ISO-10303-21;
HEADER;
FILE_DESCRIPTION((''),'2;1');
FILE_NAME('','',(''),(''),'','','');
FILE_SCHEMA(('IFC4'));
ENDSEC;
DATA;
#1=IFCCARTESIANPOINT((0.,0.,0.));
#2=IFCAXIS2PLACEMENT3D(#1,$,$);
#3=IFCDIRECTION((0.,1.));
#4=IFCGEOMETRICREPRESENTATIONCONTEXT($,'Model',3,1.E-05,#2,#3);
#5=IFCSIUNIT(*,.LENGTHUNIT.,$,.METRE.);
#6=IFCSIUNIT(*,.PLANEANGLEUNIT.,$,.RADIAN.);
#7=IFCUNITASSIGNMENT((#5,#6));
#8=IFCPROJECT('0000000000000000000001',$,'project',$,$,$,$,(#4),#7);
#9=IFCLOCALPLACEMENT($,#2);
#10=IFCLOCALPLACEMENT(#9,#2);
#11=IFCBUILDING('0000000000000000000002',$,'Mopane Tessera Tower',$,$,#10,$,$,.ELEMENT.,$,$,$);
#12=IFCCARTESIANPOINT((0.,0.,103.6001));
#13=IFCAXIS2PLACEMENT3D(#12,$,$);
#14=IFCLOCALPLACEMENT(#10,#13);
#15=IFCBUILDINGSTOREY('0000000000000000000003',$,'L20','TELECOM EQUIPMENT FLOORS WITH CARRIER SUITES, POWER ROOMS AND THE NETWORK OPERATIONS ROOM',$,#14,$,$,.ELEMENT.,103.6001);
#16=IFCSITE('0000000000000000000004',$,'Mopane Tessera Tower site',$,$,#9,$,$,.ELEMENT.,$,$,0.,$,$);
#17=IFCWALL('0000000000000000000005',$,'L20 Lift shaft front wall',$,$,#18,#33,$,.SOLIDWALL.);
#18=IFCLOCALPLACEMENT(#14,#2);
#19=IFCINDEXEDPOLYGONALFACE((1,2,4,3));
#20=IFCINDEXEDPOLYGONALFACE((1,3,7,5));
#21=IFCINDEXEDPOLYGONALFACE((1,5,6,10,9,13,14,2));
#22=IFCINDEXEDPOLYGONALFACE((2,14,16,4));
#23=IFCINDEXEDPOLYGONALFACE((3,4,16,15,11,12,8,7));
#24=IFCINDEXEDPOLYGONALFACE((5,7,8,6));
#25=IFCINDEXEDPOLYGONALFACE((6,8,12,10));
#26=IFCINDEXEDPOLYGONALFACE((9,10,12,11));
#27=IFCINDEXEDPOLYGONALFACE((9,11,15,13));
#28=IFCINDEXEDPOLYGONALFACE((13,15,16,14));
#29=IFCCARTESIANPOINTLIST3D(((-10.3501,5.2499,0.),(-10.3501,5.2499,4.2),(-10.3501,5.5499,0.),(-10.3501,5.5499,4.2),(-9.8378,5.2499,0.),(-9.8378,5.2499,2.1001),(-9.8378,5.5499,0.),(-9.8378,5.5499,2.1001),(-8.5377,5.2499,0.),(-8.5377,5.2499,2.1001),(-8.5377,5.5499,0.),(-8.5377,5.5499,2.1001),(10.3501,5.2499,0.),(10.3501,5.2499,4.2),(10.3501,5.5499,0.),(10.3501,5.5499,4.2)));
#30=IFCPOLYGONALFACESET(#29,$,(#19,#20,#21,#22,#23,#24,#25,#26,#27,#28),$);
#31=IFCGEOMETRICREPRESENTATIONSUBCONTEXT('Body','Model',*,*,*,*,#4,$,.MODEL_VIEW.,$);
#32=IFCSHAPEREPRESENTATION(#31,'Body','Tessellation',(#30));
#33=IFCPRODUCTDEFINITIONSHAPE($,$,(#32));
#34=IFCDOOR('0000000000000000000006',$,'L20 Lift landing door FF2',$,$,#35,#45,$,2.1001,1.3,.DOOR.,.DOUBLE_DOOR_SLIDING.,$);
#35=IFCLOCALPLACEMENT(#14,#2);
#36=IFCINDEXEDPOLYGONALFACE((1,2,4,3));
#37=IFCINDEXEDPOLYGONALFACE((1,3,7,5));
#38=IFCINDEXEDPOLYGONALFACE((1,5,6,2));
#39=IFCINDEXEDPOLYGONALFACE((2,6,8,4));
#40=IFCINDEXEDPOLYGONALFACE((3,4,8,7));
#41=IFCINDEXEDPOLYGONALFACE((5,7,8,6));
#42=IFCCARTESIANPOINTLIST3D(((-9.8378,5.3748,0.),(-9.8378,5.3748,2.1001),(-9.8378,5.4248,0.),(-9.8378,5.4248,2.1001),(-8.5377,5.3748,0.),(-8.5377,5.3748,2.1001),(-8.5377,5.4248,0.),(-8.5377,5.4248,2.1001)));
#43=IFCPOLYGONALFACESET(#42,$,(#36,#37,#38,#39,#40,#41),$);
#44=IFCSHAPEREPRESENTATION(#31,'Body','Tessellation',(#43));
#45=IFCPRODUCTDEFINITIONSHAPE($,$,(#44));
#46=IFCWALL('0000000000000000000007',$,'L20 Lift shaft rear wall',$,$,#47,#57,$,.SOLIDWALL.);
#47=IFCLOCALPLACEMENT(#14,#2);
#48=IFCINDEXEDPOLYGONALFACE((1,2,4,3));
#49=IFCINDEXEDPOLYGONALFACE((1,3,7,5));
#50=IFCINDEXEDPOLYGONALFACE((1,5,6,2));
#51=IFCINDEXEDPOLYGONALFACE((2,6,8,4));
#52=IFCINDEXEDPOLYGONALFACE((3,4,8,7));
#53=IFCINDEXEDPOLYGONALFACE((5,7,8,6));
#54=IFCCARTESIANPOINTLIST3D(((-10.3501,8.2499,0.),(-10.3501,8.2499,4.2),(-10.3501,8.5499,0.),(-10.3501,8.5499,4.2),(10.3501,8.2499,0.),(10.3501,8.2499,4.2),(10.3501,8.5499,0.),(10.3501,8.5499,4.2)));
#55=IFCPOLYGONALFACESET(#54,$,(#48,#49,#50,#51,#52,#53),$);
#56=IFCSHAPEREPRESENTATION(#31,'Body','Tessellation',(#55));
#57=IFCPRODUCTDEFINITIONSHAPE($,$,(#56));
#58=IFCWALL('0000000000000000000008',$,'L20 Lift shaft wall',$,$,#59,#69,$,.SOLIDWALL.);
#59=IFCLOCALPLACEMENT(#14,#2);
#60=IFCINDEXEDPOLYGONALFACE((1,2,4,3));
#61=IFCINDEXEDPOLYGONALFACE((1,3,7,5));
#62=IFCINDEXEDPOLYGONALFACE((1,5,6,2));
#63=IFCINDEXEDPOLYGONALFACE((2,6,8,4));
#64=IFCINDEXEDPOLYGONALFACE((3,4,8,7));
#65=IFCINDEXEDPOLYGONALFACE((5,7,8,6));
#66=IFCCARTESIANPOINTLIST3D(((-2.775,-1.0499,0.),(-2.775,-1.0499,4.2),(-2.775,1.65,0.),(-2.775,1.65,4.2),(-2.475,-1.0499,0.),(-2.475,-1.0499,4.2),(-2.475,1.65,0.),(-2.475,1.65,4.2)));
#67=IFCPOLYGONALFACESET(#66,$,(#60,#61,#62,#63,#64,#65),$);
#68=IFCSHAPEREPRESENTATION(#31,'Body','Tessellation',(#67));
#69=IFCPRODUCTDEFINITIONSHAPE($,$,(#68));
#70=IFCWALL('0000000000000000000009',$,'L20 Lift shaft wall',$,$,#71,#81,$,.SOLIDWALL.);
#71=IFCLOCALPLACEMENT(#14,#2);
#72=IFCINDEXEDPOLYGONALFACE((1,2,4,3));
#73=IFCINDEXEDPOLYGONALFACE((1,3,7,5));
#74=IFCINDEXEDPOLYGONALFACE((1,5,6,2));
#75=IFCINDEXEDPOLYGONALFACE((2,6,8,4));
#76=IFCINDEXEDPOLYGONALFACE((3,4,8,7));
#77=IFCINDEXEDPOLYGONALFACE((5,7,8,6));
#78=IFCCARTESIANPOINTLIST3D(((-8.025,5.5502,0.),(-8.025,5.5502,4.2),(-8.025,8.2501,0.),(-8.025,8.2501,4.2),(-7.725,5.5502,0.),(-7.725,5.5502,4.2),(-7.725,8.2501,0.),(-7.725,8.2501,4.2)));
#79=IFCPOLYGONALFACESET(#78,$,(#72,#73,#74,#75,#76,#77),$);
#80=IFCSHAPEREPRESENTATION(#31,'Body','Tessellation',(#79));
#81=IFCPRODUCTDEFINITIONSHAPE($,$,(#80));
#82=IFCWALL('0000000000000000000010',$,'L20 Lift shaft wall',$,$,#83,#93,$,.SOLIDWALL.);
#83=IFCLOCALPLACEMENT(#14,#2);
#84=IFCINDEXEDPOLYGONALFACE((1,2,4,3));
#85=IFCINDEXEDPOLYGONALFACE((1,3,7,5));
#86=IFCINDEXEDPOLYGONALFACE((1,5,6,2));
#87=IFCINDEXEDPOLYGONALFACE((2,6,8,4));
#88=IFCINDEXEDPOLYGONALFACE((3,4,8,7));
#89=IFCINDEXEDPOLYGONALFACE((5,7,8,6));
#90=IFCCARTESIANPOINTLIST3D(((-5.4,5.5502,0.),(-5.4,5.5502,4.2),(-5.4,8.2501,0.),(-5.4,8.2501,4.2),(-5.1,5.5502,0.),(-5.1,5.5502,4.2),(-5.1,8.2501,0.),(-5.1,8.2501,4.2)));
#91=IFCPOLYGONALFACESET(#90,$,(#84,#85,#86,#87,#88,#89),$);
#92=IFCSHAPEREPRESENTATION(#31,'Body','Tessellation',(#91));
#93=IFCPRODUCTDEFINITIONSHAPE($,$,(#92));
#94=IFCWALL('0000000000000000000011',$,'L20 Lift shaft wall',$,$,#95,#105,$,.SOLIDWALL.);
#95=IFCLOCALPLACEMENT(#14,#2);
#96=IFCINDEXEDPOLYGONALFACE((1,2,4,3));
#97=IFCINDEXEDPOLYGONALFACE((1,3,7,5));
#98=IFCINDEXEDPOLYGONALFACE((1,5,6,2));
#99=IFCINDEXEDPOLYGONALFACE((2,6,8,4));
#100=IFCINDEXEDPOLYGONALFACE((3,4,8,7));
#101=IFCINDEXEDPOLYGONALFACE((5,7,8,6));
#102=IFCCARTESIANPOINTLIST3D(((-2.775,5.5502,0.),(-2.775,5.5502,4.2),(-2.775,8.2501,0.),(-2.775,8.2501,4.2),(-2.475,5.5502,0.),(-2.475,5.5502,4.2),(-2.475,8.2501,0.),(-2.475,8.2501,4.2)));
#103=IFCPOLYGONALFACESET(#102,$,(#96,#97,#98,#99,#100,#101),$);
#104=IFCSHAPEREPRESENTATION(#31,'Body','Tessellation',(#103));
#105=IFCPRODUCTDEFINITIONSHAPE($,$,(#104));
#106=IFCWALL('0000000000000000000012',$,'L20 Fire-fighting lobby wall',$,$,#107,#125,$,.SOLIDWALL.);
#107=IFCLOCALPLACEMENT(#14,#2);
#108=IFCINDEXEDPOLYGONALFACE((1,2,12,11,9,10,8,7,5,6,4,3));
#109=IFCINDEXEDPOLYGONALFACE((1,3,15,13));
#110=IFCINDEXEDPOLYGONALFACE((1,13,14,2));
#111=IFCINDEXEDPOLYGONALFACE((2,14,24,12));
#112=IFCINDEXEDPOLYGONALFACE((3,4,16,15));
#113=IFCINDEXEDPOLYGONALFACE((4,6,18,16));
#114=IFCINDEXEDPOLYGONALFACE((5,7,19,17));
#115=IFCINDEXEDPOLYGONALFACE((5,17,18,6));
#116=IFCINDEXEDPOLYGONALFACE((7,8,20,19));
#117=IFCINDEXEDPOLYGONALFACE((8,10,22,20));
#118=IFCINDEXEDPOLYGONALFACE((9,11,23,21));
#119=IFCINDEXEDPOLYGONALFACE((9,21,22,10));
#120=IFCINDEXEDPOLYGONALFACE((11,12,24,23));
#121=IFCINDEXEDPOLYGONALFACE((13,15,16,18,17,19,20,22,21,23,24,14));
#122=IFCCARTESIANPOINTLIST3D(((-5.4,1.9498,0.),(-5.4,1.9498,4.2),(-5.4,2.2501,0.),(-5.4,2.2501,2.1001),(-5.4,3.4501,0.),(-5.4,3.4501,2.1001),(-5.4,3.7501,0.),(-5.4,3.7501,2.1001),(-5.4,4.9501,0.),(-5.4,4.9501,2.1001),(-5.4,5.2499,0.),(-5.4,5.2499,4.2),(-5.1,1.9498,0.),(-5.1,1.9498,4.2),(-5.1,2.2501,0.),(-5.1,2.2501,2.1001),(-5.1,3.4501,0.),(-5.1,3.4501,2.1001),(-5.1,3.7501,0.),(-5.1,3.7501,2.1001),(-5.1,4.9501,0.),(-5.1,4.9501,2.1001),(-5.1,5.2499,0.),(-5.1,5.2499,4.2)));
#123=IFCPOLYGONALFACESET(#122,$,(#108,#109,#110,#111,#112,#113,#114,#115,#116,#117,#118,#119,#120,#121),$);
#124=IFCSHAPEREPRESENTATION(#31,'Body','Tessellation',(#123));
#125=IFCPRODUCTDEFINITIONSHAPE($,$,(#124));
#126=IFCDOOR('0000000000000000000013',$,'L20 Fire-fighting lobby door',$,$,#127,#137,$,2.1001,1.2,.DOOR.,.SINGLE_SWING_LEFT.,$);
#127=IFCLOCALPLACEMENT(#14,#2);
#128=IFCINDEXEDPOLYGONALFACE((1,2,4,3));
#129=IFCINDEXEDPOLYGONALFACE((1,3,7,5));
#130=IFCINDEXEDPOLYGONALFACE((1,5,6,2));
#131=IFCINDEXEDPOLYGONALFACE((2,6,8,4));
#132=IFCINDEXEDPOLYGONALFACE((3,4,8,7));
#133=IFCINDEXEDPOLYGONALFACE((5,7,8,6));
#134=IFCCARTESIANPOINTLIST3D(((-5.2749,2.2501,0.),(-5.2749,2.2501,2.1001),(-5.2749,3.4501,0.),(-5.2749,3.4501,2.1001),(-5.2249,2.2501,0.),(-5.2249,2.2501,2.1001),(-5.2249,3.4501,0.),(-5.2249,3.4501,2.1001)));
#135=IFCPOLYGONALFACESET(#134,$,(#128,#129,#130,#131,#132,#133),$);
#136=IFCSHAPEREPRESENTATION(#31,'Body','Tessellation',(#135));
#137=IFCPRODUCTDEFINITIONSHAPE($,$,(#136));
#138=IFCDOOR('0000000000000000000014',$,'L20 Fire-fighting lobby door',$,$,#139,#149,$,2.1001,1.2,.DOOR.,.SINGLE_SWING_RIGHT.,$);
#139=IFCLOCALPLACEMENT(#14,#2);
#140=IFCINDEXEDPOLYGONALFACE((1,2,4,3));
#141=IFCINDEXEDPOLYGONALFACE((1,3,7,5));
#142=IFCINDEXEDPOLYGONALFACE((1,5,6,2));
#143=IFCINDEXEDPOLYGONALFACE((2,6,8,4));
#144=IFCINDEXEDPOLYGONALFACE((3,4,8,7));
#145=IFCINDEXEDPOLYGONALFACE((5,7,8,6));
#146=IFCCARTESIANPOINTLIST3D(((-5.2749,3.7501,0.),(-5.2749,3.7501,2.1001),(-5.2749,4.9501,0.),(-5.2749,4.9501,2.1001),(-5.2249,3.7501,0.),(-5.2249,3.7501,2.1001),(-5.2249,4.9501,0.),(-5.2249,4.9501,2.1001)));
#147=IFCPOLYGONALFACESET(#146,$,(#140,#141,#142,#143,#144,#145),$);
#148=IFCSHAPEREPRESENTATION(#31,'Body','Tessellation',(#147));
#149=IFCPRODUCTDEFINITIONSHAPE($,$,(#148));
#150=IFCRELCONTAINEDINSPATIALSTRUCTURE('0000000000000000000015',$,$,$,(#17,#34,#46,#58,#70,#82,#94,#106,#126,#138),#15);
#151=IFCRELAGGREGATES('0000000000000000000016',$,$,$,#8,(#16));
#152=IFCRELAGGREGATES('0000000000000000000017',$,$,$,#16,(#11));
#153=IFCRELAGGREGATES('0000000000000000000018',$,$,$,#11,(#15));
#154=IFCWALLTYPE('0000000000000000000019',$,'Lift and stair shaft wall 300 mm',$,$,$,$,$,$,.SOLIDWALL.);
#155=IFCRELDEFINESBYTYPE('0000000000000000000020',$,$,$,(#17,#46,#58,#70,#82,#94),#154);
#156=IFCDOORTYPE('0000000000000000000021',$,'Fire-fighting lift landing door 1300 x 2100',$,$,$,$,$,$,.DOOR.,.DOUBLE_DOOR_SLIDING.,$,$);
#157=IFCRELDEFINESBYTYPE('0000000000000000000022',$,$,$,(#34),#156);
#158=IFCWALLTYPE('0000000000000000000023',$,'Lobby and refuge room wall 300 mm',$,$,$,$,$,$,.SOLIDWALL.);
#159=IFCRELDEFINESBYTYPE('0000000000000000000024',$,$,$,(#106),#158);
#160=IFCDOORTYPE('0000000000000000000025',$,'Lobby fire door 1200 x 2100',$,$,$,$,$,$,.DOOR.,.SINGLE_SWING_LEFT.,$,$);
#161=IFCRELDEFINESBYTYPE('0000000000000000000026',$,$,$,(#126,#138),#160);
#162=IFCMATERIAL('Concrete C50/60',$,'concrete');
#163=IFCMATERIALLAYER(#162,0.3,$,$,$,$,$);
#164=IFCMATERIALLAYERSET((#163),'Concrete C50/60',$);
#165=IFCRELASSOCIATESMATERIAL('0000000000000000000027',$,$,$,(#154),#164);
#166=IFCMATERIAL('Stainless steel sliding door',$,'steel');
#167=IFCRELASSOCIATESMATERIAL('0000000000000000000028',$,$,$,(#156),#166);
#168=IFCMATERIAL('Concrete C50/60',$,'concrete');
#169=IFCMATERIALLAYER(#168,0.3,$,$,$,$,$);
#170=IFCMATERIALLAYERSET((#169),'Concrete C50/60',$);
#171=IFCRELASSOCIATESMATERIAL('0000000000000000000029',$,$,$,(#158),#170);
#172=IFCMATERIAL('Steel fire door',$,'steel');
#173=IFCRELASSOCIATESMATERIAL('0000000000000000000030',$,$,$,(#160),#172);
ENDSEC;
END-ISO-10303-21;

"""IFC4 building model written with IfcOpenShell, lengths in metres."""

from ifc_helpers import new_model, si_unit, direction, frame, frame_2d, origin, place, context, subcontext, project, spatial, rectangle, extrude, material, layer, layer_set, type_object, element, fill, save


model = new_model("IFC4")

# Units and contexts
model_context = context("Model", 3, precision=1e-05, world=origin(), true_north=direction((0.0, 1.0)))
body_context = subcontext(model_context, "Body", "Model", "MODEL_VIEW")
ifc_project = project(units=[si_unit("LENGTHUNIT", "METRE"), si_unit("PLANEANGLEUNIT", "RADIAN")], contexts=[model_context])

# Site, building, storey
site_placement = place(None, origin())
site = spatial("IfcSite", under=ifc_project, at=site_placement, Name="Mopane Tessera Tower site", CompositionType="ELEMENT", RefElevation=0.0)
building_placement = place(site_placement, origin())
building = spatial("IfcBuilding", under=site, at=building_placement, Name="Mopane Tessera Tower", CompositionType="ELEMENT")
storey_placement = place(building_placement, frame((0.0, 0.0, 103.6001)))
storey = spatial("IfcBuildingStorey", under=building, at=storey_placement, Name="L20", Description="TELECOM EQUIPMENT FLOORS WITH CARRIER SUITES, POWER ROOMS AND THE NETWORK OPERATIONS ROOM", CompositionType="ELEMENT", Elevation=103.6001)

# Shared definitions
ifc_material_1 = material(Name="Concrete C50/60", Category="concrete")
ifc_layer_1 = layer(ifc_material_1, 0.3)
ifc_layer_set_1 = layer_set([ifc_layer_1], Name="Concrete C50/60")
wall_type_1 = type_object("IfcWallType", Name="Lift and stair shaft wall 300 mm", PredefinedType="SOLIDWALL", material=ifc_layer_set_1)
ifc_material_2 = material(Name="Stainless steel sliding door", Category="steel")
door_type_1 = type_object("IfcDoorType", Name="Fire-fighting lift landing door 1300 x 2100", OperationType="DOUBLE_DOOR_SLIDING", PredefinedType="DOOR", material=ifc_material_2)

# Wall, opening, door
wall_1_placement = place(storey_placement, frame((-10.3501, 5.3999, 0.0), z_axis=(0.0, 0.0, 1.0), x_axis=(1.0, 0.0, 0.0)))
wall_1 = element("IfcWall", 1, at=wall_1_placement, inside=storey, type_object=wall_type_1, Name="L20 Lift shaft front wall", PredefinedType="SOLIDWALL", context=body_context, shape_type="SweptSolid", body=[
    extrude(rectangle(XDim=20.7002, YDim=0.3, at=frame_2d((10.3501, 0.0))), origin(), (0.0, 0.0, 1.0), 4.2),
])
opening_1_placement = place(wall_1_placement, frame((0.5125, 0.0, 0.0)))
opening_1 = element("IfcOpeningElement", 2, at=opening_1_placement, cuts=wall_1, PredefinedType="OPENING", context=body_context, shape_type="SweptSolid", body=[
    extrude(rectangle(XDim=1.3, YDim=2.1001, at=frame_2d((0.6499, 1.05))), frame((0.0, 0.1621, 0.0), z_axis=(0.0, -1.0, 0.0), x_axis=(1.0, 0.0, 0.0)), (0.0, 0.0, 1.0), 0.324),
])
door_1_placement = place(opening_1_placement, origin())
door_1 = element("IfcDoor", 3, at=door_1_placement, inside=storey, type_object=door_type_1, Name="L20 Lift landing door FF2", OperationType="DOUBLE_DOOR_SLIDING", OverallHeight=2.1001, OverallWidth=1.3, PredefinedType="DOOR", context=body_context, shape_type="SweptSolid", body=[
    extrude(rectangle(XDim=1.3, YDim=2.1001, at=frame_2d((0.6499, 1.05))), frame((0.0, 0.0249, 0.0), z_axis=(0.0, -1.0, 0.0), x_axis=(1.0, 0.0, 0.0)), (0.0, 0.0, 1.0), 0.05),
])
fill(opening_1, door_1)

# Walls
wall_2_placement = place(storey_placement, frame((-10.3501, 8.3999, 0.0), z_axis=(0.0, 0.0, 1.0), x_axis=(1.0, 0.0, 0.0)))
element("IfcWall", 4, at=wall_2_placement, inside=storey, type_object=wall_type_1, Name="L20 Lift shaft rear wall", PredefinedType="SOLIDWALL", context=body_context, shape_type="SweptSolid", body=[
    extrude(rectangle(XDim=20.7002, YDim=0.3, at=frame_2d((10.3501, 0.0))), origin(), (0.0, 0.0, 1.0), 4.2),
])
for number, where, z_axis, x_axis, name in (
    (5, (-2.625, -1.05, 0.0), (0.0, 0.0, 1.0), (0.0, 1.0, 0.0), "L20 Lift shaft wall"),
    (6, (-7.875, 5.55, 0.0), (0.0, 0.0, 1.0), (0.0, 1.0, 0.0), "L20 Lift shaft wall"),
    (7, (-5.25, 5.55, 0.0), (0.0, 0.0, 1.0), (0.0, 1.0, 0.0), "L20 Lift shaft wall"),
    (8, (-2.625, 5.55, 0.0), (0.0, 0.0, 1.0), (0.0, 1.0, 0.0), "L20 Lift shaft wall"),
):
    element("IfcWall", number, at=place(storey_placement, frame(where, z_axis=z_axis, x_axis=x_axis)), inside=storey, type_object=wall_type_1, Name=name, PredefinedType="SOLIDWALL", context=body_context, shape_type="SweptSolid", body=[
        extrude(rectangle(XDim=2.7, YDim=0.3, at=frame_2d((1.3501, 0.0))), origin(), (0.0, 0.0, 1.0), 4.2),
    ])

# Wall, openings, doors
ifc_material_3 = material(Name="Concrete C50/60", Category="concrete")
ifc_layer_2 = layer(ifc_material_3, 0.3)
ifc_layer_set_2 = layer_set([ifc_layer_2], Name="Concrete C50/60")
wall_type_2 = type_object("IfcWallType", Name="Lobby and refuge room wall 300 mm", PredefinedType="SOLIDWALL", material=ifc_layer_set_2)
wall_3_placement = place(storey_placement, frame((-5.25, 1.95, 0.0), z_axis=(0.0, 0.0, 1.0), x_axis=(0.0, 1.0, 0.0)))
wall_3 = element("IfcWall", 9, at=wall_3_placement, inside=storey, type_object=wall_type_2, Name="L20 Fire-fighting lobby wall", PredefinedType="SOLIDWALL", context=body_context, shape_type="SweptSolid", body=[
    extrude(rectangle(XDim=3.3, YDim=0.3, at=frame_2d((1.6499, 0.0))), origin(), (0.0, 0.0, 1.0), 4.2),
])
opening_2_placement = place(wall_3_placement, frame((0.3, 0.0, 0.0)))
opening_2 = element("IfcOpeningElement", 10, at=opening_2_placement, cuts=wall_3, PredefinedType="OPENING", context=body_context, shape_type="SweptSolid", body=[
    extrude(rectangle(XDim=1.2, YDim=2.1001, at=frame_2d((0.6001, 1.05))), frame((0.0, 0.1621, 0.0), z_axis=(0.0, -1.0, 0.0), x_axis=(1.0, 0.0, 0.0)), (0.0, 0.0, 1.0), 0.324),
])
opening_3_placement = place(wall_3_placement, frame((1.8, 0.0, 0.0)))
opening_3 = element("IfcOpeningElement", 11, at=opening_3_placement, cuts=wall_3, PredefinedType="OPENING", context=body_context, shape_type="SweptSolid", body=[
    extrude(rectangle(XDim=1.2, YDim=2.1001, at=frame_2d((0.6001, 1.05))), frame((0.0, 0.1621, 0.0), z_axis=(0.0, -1.0, 0.0), x_axis=(1.0, 0.0, 0.0)), (0.0, 0.0, 1.0), 0.324),
])
ifc_material_4 = material(Name="Steel fire door", Category="steel")
door_type_2 = type_object("IfcDoorType", Name="Lobby fire door 1200 x 2100", OperationType="SINGLE_SWING_LEFT", PredefinedType="DOOR", material=ifc_material_4)
door_2_placement = place(opening_2_placement, origin())
door_2 = element("IfcDoor", 12, at=door_2_placement, inside=storey, type_object=door_type_2, Name="L20 Fire-fighting lobby door", OperationType="SINGLE_SWING_LEFT", OverallHeight=2.1001, OverallWidth=1.2, PredefinedType="DOOR", context=body_context, shape_type="SweptSolid", body=[
    extrude(rectangle(XDim=1.2, YDim=2.1001, at=frame_2d((0.6001, 1.05))), frame((0.0, 0.0249, 0.0), z_axis=(0.0, -1.0, 0.0), x_axis=(1.0, 0.0, 0.0)), (0.0, 0.0, 1.0), 0.05),
])
fill(opening_2, door_2)
door_3_placement = place(opening_3_placement, origin())
door_3 = element("IfcDoor", 13, at=door_3_placement, inside=storey, type_object=door_type_2, Name="L20 Fire-fighting lobby door", OperationType="SINGLE_SWING_RIGHT", OverallHeight=2.1001, OverallWidth=1.2, PredefinedType="DOOR", context=body_context, shape_type="SweptSolid", body=[
    extrude(rectangle(XDim=1.2, YDim=2.1001, at=frame_2d((0.6001, 1.05))), frame((0.0, 0.0249, 0.0), z_axis=(0.0, -1.0, 0.0), x_axis=(1.0, 0.0, 0.0)), (0.0, 0.0, 1.0), 0.05),
])
fill(opening_3, door_3)

save(model, "model.ifc")
